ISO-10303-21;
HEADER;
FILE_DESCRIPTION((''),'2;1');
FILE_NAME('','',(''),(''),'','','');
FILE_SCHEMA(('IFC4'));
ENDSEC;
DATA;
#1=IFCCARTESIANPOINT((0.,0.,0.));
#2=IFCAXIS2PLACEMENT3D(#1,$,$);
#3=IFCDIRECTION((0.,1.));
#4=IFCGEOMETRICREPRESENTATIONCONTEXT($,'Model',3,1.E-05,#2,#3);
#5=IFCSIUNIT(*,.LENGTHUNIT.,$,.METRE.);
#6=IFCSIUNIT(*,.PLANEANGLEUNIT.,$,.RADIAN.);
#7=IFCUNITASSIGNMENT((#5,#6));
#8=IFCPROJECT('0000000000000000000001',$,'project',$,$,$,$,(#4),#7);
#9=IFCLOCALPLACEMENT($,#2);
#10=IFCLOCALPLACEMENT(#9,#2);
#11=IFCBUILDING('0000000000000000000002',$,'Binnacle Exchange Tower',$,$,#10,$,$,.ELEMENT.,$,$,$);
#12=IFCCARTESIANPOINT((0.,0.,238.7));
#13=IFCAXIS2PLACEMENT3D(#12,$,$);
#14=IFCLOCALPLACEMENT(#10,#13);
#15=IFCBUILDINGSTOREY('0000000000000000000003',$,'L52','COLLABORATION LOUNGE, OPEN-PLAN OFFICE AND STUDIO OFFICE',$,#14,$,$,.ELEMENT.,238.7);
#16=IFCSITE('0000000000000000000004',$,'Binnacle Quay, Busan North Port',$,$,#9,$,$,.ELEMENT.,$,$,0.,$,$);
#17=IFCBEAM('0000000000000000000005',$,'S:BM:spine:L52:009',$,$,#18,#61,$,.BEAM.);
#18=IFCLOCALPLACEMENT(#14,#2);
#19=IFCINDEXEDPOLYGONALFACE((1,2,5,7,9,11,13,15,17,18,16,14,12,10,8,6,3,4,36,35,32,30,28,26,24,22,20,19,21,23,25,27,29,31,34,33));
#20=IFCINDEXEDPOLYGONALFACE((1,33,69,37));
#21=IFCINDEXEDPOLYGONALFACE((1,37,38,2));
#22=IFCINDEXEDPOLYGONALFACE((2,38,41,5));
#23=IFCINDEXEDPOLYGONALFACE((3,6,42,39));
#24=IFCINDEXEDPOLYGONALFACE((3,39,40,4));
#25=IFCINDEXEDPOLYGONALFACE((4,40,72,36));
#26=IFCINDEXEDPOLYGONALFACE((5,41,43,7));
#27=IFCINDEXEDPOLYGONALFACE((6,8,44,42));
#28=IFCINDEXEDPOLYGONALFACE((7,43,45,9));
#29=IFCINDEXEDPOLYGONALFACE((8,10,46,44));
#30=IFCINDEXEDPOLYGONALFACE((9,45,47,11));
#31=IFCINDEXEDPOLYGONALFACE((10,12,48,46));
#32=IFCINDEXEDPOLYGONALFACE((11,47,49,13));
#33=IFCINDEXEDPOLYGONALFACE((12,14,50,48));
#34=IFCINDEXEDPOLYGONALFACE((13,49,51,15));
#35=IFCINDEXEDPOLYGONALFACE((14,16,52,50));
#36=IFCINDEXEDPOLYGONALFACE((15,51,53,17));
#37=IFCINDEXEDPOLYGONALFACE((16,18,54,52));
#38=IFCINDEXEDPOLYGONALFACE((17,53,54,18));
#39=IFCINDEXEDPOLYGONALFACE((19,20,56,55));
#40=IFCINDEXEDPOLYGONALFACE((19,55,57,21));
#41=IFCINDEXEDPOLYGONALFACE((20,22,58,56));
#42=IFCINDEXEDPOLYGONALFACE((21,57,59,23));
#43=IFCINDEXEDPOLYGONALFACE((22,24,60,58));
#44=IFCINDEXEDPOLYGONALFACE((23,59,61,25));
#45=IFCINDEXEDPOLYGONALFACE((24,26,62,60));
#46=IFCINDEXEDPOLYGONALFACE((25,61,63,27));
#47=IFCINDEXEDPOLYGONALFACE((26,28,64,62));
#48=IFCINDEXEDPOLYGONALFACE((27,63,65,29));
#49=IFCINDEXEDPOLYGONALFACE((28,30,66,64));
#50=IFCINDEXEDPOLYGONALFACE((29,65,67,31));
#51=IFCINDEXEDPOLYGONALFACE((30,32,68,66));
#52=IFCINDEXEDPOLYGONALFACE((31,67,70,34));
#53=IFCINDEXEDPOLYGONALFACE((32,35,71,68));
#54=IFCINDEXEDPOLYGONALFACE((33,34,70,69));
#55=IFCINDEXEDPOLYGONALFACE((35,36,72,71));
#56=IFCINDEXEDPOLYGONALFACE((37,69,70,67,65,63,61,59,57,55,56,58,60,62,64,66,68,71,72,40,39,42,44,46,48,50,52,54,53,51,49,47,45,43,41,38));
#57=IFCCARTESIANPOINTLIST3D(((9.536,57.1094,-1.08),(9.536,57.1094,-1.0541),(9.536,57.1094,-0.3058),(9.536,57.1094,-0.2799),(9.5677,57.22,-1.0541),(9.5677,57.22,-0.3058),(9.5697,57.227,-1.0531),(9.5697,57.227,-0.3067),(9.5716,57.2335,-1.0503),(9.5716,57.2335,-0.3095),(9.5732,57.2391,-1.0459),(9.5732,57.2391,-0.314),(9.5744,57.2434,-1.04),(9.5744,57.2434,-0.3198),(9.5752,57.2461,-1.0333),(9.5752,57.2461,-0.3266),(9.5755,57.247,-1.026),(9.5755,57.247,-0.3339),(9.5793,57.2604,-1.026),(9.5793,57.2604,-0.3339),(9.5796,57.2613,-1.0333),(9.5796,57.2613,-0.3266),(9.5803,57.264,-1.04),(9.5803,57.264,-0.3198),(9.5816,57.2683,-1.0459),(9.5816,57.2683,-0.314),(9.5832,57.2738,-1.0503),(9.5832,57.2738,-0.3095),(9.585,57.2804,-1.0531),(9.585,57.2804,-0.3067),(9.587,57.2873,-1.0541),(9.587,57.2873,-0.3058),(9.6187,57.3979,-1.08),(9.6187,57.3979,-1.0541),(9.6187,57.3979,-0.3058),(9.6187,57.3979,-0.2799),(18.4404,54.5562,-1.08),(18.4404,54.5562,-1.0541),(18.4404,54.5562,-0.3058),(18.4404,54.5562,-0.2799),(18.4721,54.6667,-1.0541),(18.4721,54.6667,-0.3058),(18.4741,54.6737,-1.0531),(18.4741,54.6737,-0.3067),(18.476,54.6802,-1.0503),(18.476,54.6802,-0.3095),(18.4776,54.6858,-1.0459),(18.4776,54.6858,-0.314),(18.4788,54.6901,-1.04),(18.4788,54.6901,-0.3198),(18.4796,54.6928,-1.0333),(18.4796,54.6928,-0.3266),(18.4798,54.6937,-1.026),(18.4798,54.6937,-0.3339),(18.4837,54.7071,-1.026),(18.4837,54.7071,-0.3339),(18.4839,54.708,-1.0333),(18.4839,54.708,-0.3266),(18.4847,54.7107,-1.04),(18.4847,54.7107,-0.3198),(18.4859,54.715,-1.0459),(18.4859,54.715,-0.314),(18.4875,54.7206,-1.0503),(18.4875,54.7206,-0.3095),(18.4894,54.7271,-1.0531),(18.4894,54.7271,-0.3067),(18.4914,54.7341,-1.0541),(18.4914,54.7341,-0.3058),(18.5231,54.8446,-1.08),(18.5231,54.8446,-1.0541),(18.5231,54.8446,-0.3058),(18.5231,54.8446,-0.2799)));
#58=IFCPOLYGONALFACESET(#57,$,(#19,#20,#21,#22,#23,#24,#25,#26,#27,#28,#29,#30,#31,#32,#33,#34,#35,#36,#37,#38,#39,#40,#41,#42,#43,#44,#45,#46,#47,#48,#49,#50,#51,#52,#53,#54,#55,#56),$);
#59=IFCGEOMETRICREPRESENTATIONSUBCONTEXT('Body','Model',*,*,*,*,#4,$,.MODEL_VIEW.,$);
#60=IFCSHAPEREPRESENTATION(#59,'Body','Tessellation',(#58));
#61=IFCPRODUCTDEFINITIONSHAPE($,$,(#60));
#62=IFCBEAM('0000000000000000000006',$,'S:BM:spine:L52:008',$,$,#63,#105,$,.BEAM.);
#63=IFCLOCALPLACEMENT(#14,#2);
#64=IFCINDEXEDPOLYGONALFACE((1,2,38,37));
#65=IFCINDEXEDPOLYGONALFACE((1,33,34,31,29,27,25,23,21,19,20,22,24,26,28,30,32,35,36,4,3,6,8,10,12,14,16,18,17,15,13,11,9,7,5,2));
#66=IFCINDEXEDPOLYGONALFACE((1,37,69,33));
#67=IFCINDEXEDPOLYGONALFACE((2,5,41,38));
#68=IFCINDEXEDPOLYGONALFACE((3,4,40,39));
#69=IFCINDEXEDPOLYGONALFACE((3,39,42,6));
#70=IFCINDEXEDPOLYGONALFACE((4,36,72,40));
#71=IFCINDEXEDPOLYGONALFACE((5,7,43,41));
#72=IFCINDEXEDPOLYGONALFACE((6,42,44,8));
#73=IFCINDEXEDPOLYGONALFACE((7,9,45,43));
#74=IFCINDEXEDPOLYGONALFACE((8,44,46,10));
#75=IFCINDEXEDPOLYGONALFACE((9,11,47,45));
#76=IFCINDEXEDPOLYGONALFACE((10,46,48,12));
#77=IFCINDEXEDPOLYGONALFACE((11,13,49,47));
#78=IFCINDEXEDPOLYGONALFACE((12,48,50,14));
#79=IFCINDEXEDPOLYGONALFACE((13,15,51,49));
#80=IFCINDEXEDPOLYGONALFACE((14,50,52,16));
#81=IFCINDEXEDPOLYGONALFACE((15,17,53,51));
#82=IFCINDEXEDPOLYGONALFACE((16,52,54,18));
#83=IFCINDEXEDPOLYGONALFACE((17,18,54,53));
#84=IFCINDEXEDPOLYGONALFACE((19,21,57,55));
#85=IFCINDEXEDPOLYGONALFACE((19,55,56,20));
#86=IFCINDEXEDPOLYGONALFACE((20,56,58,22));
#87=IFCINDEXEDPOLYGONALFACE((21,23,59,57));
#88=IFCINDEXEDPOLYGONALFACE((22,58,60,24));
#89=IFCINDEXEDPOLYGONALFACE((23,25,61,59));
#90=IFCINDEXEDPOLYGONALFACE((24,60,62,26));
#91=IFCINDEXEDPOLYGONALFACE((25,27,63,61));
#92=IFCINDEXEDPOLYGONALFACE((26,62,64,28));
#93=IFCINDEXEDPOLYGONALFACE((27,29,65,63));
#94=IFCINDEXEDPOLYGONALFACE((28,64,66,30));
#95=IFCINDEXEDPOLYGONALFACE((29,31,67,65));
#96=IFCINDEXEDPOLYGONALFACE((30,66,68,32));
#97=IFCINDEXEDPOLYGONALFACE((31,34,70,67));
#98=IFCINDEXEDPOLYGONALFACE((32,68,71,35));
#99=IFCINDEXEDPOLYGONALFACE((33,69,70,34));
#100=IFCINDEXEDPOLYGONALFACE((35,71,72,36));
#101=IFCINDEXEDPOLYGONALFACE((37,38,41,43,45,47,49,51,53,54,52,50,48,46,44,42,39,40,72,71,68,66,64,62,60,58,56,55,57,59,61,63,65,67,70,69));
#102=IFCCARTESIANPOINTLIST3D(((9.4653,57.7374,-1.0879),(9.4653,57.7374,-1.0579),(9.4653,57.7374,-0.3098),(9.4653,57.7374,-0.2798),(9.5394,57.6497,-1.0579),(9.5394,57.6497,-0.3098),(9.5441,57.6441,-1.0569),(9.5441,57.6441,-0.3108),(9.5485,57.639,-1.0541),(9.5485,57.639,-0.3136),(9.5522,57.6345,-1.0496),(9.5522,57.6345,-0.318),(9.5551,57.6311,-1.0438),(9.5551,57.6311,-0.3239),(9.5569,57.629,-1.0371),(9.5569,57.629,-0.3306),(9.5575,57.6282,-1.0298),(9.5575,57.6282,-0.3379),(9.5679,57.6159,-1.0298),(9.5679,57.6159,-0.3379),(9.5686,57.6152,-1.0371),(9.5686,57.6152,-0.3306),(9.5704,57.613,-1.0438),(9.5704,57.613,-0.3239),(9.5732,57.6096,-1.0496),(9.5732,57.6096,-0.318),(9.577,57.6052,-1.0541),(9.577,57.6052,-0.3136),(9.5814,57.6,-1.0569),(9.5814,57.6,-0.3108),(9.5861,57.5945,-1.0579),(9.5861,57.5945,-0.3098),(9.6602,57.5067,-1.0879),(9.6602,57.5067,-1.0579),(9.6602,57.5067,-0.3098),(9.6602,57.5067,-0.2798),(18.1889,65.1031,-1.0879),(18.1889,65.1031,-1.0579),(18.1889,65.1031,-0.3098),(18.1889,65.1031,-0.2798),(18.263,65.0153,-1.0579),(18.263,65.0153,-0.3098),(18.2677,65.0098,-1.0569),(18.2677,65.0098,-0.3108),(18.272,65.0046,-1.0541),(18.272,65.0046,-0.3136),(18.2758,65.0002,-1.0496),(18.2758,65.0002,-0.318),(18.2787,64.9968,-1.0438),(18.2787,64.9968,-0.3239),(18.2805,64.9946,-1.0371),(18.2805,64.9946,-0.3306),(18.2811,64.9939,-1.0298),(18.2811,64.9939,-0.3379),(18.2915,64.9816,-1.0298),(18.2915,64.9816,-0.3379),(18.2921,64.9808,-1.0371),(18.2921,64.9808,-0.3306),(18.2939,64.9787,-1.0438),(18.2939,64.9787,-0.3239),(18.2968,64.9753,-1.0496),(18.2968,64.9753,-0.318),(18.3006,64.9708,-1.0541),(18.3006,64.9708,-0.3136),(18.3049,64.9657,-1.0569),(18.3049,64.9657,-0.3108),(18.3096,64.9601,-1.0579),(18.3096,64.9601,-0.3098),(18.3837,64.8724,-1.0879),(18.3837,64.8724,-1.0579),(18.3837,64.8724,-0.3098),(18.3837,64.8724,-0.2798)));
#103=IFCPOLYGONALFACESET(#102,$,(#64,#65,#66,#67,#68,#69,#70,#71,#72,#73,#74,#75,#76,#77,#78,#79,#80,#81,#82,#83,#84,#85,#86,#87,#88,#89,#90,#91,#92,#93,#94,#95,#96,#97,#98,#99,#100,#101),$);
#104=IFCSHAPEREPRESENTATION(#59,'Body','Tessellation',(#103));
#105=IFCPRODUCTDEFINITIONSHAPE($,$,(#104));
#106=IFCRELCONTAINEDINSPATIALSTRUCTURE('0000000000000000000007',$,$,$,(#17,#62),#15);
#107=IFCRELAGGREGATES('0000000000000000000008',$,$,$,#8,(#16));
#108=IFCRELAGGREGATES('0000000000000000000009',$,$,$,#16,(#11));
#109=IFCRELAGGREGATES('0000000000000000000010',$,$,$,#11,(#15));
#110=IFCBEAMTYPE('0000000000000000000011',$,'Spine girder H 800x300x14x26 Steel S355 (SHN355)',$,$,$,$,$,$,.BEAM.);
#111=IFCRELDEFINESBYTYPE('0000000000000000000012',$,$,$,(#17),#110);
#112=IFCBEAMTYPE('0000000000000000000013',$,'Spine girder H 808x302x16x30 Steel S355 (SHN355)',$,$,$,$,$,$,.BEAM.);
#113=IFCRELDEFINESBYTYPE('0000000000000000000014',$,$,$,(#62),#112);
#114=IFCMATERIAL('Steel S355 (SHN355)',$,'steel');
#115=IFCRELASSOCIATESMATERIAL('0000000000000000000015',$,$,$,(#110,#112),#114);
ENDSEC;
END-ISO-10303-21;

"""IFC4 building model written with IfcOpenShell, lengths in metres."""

from ifc_helpers import new_model, si_unit, direction, frame, origin, origin_2d, place, context, subcontext, project, spatial, i_section, extrude, material, material_profile, profile_set, type_object, element, save


model = new_model("IFC4")

# Units and contexts
model_context = context("Model", 3, precision=1e-05, world=origin(), true_north=direction((0.0, 1.0)))
body_context = subcontext(model_context, "Body", "Model", "MODEL_VIEW")
ifc_project = project(units=[si_unit("LENGTHUNIT", "METRE"), si_unit("PLANEANGLEUNIT", "RADIAN")], contexts=[model_context])

# Site, building, storey
site_placement = place(None, origin())
site = spatial("IfcSite", under=ifc_project, at=site_placement, Name="Binnacle Quay, Busan North Port", CompositionType="ELEMENT", RefElevation=0.0)
building_placement = place(site_placement, origin())
building = spatial("IfcBuilding", under=site, at=building_placement, Name="Binnacle Exchange Tower", CompositionType="ELEMENT")
storey_placement = place(building_placement, frame((0.0, 0.0, 238.7)))
storey = spatial("IfcBuildingStorey", under=building, at=storey_placement, Name="L52", Description="COLLABORATION LOUNGE, OPEN-PLAN OFFICE AND STUDIO OFFICE", CompositionType="ELEMENT", Elevation=238.7)

# Beams
ifc_material_1 = material(Name="Steel S355 (SHN355)", Category="steel")
ifc_material_profile_1 = material_profile(ifc_material_1, i_section(OverallWidth=0.3, OverallDepth=0.8, WebThickness=0.0139, FlangeThickness=0.0259, FilletRadius=0.0281, at=origin_2d()), Name="H 800x300x14x26")
ifc_profile_set_1 = profile_set([ifc_material_profile_1], Name="Steel S355 (SHN355)")
beam_type_1 = type_object("IfcBeamType", Name="Spine girder H 800x300x14x26 Steel S355 (SHN355)", PredefinedType="BEAM", material=ifc_profile_set_1)
beam_1_placement = place(storey_placement, frame((9.5774, 57.2537, -0.6799), z_axis=(0.961263, -0.275633, 0.0), x_axis=(0.275633, 0.961263, 0.0)))
element("IfcBeam", 1, at=beam_1_placement, inside=storey, type_object=beam_type_1, Name="S:BM:spine:L52:009", PredefinedType="BEAM", context=body_context, shape_type="SweptSolid", body=[
    extrude(i_section(OverallWidth=0.3, OverallDepth=0.8, WebThickness=0.0139, FlangeThickness=0.0259, FilletRadius=0.0281, at=origin_2d()), origin(), (0.0, 0.0, 1.0), 9.2632),
])
ifc_material_profile_2 = material_profile(ifc_material_1, i_section(OverallWidth=0.302, OverallDepth=0.8081, WebThickness=0.0161, FlangeThickness=0.03, FilletRadius=0.0281, at=origin_2d()), Name="H 808x302x16x30")
ifc_profile_set_2 = profile_set([ifc_material_profile_2], Name="Steel S355 (SHN355)")
beam_type_2 = type_object("IfcBeamType", Name="Spine girder H 808x302x16x30 Steel S355 (SHN355)", PredefinedType="BEAM", material=ifc_profile_set_2)
beam_2_placement = place(storey_placement, frame((9.5627, 57.6221, -0.6838), z_axis=(0.764069, 0.645135, 0.0), x_axis=(-0.645135, 0.764069, 0.0)))
element("IfcBeam", 2, at=beam_2_placement, inside=storey, type_object=beam_type_2, Name="S:BM:spine:L52:008", PredefinedType="BEAM", context=body_context, shape_type="SweptSolid", body=[
    extrude(i_section(OverallWidth=0.302, OverallDepth=0.8081, WebThickness=0.0161, FlangeThickness=0.03, FilletRadius=0.0281, at=origin_2d()), origin(), (0.0, 0.0, 1.0), 11.4172),
])

save(model, "model.ifc")
